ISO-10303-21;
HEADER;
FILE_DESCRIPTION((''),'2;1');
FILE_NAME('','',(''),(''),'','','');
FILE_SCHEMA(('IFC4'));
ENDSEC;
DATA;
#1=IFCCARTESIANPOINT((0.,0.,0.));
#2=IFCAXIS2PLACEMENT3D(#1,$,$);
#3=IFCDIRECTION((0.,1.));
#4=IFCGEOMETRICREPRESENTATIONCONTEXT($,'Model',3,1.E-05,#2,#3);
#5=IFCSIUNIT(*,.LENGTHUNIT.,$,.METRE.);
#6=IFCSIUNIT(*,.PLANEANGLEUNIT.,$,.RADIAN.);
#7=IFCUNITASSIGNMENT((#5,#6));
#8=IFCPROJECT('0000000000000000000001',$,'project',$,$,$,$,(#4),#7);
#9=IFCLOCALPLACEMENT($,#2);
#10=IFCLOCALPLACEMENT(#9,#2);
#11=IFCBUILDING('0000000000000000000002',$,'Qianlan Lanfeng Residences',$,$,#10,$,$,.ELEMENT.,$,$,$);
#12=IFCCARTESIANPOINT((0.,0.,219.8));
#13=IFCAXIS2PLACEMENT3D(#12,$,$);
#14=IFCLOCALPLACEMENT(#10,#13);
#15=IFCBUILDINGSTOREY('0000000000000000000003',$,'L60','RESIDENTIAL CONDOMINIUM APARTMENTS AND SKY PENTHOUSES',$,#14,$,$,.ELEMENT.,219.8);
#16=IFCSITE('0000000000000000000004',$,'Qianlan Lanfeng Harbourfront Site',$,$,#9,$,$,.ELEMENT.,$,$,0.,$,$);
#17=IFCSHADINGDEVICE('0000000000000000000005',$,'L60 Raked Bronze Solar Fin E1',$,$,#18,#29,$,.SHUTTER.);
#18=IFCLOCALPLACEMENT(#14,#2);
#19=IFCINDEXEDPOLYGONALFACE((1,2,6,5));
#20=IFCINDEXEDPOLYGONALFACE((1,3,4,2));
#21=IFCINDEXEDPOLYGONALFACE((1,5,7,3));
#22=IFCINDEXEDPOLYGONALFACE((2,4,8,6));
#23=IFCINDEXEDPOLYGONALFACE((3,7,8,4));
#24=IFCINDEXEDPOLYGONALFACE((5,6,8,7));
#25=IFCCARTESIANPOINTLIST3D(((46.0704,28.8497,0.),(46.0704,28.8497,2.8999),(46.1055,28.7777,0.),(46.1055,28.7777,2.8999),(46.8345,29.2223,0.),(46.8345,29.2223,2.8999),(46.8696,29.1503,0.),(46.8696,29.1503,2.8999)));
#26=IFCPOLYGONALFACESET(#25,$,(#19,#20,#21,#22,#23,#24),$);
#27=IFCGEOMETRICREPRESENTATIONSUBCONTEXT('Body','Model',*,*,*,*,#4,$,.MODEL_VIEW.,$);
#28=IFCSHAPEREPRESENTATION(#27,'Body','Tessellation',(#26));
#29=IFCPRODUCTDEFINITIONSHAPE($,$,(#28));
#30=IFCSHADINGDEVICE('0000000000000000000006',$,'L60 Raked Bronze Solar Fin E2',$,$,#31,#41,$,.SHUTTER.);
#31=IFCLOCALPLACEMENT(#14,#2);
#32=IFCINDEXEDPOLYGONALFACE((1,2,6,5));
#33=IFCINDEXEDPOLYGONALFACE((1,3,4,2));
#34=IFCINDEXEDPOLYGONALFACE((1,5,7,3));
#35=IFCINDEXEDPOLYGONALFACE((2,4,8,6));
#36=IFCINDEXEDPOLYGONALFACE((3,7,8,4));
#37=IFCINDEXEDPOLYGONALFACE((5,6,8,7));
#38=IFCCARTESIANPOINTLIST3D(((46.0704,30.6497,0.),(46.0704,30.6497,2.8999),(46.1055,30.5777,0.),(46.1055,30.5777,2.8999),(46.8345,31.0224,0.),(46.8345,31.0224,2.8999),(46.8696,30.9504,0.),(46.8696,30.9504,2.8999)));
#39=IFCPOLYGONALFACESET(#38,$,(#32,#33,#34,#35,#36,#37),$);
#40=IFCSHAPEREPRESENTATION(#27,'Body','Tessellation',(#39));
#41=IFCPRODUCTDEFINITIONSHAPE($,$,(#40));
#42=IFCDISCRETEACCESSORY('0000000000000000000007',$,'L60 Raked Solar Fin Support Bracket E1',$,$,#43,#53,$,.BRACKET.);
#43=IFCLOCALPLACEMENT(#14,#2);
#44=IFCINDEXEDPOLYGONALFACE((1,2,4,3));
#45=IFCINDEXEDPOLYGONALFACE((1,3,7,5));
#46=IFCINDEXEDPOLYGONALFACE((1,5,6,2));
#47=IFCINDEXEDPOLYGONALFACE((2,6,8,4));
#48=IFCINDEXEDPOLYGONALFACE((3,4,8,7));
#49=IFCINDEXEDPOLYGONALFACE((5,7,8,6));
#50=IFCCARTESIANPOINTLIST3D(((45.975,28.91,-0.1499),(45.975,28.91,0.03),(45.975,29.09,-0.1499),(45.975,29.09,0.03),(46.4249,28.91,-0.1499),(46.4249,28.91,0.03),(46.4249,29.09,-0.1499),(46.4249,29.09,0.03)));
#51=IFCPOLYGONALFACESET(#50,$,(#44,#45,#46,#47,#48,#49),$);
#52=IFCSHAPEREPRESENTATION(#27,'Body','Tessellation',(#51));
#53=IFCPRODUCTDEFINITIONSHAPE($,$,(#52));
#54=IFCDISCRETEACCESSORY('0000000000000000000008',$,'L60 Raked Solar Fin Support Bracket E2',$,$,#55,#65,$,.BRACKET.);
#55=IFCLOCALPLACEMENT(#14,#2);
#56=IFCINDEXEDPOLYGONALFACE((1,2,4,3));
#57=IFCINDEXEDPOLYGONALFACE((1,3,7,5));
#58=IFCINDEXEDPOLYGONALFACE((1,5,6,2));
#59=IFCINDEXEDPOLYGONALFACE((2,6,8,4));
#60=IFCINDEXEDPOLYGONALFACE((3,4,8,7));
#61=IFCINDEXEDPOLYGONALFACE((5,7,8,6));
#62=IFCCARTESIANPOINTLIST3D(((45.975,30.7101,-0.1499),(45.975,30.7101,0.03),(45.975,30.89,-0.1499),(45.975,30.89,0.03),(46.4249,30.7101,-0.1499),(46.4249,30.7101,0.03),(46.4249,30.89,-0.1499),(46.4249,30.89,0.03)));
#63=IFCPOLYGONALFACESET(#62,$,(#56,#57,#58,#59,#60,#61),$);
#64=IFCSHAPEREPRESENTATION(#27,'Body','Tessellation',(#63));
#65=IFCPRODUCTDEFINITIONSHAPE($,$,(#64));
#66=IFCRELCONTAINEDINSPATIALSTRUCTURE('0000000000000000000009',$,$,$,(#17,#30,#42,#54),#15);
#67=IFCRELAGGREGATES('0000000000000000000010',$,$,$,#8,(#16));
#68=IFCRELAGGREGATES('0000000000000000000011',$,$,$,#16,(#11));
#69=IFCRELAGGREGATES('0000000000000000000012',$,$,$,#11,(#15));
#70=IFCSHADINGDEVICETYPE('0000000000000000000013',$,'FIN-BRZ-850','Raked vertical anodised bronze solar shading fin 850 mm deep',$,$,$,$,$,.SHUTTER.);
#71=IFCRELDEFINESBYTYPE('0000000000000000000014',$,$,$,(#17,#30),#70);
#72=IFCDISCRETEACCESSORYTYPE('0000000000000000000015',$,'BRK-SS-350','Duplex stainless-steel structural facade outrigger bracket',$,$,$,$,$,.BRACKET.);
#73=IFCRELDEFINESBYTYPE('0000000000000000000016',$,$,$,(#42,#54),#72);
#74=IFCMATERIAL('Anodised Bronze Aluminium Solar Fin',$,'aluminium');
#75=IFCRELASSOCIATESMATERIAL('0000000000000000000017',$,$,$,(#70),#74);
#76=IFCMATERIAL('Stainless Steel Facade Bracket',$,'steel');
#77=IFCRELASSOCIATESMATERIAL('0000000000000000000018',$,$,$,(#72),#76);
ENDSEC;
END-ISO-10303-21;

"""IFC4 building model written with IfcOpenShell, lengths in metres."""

from ifc_helpers import new_model, si_unit, direction, frame, origin, origin_2d, place, context, subcontext, project, spatial, rectangle, extrude, source, transform, mapped, material, type_object, element, save


model = new_model("IFC4")

# Units and contexts
model_context = context("Model", 3, precision=1e-05, world=origin(), true_north=direction((0.0, 1.0)))
body_context = subcontext(model_context, "Body", "Model", "MODEL_VIEW")
ifc_project = project(units=[si_unit("LENGTHUNIT", "METRE"), si_unit("PLANEANGLEUNIT", "RADIAN")], contexts=[model_context])

# Site, building, storey
site_placement = place(None, origin())
site = spatial("IfcSite", under=ifc_project, at=site_placement, Name="Qianlan Lanfeng Harbourfront Site", CompositionType="ELEMENT", RefElevation=0.0)
building_placement = place(site_placement, origin())
building = spatial("IfcBuilding", under=site, at=building_placement, Name="Qianlan Lanfeng Residences", CompositionType="ELEMENT")
storey_placement = place(building_placement, frame((0.0, 0.0, 219.8)))
storey = spatial("IfcBuildingStorey", under=building, at=storey_placement, Name="L60", Description="RESIDENTIAL CONDOMINIUM APARTMENTS AND SKY PENTHOUSES", CompositionType="ELEMENT", Elevation=219.8)

# Shading devices
ifc_material_1 = material(Name="Anodised Bronze Aluminium Solar Fin", Category="aluminium")
shading_device_type = type_object("IfcShadingDeviceType", Name="FIN-BRZ-850", Description="Raked vertical anodised bronze solar shading fin 850 mm deep", PredefinedType="SHUTTER", material=ifc_material_1)
shared_shape_1 = source(origin(), body_context, "Body", "SweptSolid", [
    extrude(rectangle(XDim=0.8501, YDim=0.0801, at=origin_2d()), origin(), (0.0, 0.0, 1.0), 2.8999),
])
for number, where, z_axis, x_axis, name in (
    (1, (46.47, 29.0, 0.0), (0.0, 0.0, 1.0), (0.898794, 0.438371, 0.0), "L60 Raked Bronze Solar Fin E1"),
    (2, (46.47, 30.8, 0.0), (0.0, 0.0, 1.0), (0.898794, 0.438371, 0.0), "L60 Raked Bronze Solar Fin E2"),
):
    element("IfcShadingDevice", number, at=place(storey_placement, frame(where, z_axis=z_axis, x_axis=x_axis)), inside=storey, type_object=shading_device_type, Name=name, PredefinedType="SHUTTER", context=body_context, shape_type="MappedRepresentation", body=[
        mapped(shared_shape_1, transform((0.0, 0.0, 0.0), scale=1.0)),
    ])

# Discrete accessories
ifc_material_2 = material(Name="Stainless Steel Facade Bracket", Category="steel")
discrete_accessory_type = type_object("IfcDiscreteAccessoryType", Name="BRK-SS-350", Description="Duplex stainless-steel structural facade outrigger bracket", PredefinedType="BRACKET", material=ifc_material_2)
shared_shape_2 = source(origin(), body_context, "Body", "SweptSolid", [
    extrude(rectangle(XDim=0.45, YDim=0.1799, at=origin_2d()), origin(), (0.0, 0.0, 1.0), 0.1799),
])
for number, where, z_axis, x_axis, name in (
    (3, (46.2, 29.0, -0.1499), (0.0, 0.0, 1.0), (1.0, 0.0, 0.0), "L60 Raked Solar Fin Support Bracket E1"),
    (4, (46.2, 30.8, -0.1499), (0.0, 0.0, 1.0), (1.0, 0.0, 0.0), "L60 Raked Solar Fin Support Bracket E2"),
):
    element("IfcDiscreteAccessory", number, at=place(storey_placement, frame(where, z_axis=z_axis, x_axis=x_axis)), inside=storey, type_object=discrete_accessory_type, Name=name, PredefinedType="BRACKET", context=body_context, shape_type="MappedRepresentation", body=[
        mapped(shared_shape_2, transform((0.0, 0.0, 0.0), scale=1.0)),
    ])

save(model, "model.ifc")
